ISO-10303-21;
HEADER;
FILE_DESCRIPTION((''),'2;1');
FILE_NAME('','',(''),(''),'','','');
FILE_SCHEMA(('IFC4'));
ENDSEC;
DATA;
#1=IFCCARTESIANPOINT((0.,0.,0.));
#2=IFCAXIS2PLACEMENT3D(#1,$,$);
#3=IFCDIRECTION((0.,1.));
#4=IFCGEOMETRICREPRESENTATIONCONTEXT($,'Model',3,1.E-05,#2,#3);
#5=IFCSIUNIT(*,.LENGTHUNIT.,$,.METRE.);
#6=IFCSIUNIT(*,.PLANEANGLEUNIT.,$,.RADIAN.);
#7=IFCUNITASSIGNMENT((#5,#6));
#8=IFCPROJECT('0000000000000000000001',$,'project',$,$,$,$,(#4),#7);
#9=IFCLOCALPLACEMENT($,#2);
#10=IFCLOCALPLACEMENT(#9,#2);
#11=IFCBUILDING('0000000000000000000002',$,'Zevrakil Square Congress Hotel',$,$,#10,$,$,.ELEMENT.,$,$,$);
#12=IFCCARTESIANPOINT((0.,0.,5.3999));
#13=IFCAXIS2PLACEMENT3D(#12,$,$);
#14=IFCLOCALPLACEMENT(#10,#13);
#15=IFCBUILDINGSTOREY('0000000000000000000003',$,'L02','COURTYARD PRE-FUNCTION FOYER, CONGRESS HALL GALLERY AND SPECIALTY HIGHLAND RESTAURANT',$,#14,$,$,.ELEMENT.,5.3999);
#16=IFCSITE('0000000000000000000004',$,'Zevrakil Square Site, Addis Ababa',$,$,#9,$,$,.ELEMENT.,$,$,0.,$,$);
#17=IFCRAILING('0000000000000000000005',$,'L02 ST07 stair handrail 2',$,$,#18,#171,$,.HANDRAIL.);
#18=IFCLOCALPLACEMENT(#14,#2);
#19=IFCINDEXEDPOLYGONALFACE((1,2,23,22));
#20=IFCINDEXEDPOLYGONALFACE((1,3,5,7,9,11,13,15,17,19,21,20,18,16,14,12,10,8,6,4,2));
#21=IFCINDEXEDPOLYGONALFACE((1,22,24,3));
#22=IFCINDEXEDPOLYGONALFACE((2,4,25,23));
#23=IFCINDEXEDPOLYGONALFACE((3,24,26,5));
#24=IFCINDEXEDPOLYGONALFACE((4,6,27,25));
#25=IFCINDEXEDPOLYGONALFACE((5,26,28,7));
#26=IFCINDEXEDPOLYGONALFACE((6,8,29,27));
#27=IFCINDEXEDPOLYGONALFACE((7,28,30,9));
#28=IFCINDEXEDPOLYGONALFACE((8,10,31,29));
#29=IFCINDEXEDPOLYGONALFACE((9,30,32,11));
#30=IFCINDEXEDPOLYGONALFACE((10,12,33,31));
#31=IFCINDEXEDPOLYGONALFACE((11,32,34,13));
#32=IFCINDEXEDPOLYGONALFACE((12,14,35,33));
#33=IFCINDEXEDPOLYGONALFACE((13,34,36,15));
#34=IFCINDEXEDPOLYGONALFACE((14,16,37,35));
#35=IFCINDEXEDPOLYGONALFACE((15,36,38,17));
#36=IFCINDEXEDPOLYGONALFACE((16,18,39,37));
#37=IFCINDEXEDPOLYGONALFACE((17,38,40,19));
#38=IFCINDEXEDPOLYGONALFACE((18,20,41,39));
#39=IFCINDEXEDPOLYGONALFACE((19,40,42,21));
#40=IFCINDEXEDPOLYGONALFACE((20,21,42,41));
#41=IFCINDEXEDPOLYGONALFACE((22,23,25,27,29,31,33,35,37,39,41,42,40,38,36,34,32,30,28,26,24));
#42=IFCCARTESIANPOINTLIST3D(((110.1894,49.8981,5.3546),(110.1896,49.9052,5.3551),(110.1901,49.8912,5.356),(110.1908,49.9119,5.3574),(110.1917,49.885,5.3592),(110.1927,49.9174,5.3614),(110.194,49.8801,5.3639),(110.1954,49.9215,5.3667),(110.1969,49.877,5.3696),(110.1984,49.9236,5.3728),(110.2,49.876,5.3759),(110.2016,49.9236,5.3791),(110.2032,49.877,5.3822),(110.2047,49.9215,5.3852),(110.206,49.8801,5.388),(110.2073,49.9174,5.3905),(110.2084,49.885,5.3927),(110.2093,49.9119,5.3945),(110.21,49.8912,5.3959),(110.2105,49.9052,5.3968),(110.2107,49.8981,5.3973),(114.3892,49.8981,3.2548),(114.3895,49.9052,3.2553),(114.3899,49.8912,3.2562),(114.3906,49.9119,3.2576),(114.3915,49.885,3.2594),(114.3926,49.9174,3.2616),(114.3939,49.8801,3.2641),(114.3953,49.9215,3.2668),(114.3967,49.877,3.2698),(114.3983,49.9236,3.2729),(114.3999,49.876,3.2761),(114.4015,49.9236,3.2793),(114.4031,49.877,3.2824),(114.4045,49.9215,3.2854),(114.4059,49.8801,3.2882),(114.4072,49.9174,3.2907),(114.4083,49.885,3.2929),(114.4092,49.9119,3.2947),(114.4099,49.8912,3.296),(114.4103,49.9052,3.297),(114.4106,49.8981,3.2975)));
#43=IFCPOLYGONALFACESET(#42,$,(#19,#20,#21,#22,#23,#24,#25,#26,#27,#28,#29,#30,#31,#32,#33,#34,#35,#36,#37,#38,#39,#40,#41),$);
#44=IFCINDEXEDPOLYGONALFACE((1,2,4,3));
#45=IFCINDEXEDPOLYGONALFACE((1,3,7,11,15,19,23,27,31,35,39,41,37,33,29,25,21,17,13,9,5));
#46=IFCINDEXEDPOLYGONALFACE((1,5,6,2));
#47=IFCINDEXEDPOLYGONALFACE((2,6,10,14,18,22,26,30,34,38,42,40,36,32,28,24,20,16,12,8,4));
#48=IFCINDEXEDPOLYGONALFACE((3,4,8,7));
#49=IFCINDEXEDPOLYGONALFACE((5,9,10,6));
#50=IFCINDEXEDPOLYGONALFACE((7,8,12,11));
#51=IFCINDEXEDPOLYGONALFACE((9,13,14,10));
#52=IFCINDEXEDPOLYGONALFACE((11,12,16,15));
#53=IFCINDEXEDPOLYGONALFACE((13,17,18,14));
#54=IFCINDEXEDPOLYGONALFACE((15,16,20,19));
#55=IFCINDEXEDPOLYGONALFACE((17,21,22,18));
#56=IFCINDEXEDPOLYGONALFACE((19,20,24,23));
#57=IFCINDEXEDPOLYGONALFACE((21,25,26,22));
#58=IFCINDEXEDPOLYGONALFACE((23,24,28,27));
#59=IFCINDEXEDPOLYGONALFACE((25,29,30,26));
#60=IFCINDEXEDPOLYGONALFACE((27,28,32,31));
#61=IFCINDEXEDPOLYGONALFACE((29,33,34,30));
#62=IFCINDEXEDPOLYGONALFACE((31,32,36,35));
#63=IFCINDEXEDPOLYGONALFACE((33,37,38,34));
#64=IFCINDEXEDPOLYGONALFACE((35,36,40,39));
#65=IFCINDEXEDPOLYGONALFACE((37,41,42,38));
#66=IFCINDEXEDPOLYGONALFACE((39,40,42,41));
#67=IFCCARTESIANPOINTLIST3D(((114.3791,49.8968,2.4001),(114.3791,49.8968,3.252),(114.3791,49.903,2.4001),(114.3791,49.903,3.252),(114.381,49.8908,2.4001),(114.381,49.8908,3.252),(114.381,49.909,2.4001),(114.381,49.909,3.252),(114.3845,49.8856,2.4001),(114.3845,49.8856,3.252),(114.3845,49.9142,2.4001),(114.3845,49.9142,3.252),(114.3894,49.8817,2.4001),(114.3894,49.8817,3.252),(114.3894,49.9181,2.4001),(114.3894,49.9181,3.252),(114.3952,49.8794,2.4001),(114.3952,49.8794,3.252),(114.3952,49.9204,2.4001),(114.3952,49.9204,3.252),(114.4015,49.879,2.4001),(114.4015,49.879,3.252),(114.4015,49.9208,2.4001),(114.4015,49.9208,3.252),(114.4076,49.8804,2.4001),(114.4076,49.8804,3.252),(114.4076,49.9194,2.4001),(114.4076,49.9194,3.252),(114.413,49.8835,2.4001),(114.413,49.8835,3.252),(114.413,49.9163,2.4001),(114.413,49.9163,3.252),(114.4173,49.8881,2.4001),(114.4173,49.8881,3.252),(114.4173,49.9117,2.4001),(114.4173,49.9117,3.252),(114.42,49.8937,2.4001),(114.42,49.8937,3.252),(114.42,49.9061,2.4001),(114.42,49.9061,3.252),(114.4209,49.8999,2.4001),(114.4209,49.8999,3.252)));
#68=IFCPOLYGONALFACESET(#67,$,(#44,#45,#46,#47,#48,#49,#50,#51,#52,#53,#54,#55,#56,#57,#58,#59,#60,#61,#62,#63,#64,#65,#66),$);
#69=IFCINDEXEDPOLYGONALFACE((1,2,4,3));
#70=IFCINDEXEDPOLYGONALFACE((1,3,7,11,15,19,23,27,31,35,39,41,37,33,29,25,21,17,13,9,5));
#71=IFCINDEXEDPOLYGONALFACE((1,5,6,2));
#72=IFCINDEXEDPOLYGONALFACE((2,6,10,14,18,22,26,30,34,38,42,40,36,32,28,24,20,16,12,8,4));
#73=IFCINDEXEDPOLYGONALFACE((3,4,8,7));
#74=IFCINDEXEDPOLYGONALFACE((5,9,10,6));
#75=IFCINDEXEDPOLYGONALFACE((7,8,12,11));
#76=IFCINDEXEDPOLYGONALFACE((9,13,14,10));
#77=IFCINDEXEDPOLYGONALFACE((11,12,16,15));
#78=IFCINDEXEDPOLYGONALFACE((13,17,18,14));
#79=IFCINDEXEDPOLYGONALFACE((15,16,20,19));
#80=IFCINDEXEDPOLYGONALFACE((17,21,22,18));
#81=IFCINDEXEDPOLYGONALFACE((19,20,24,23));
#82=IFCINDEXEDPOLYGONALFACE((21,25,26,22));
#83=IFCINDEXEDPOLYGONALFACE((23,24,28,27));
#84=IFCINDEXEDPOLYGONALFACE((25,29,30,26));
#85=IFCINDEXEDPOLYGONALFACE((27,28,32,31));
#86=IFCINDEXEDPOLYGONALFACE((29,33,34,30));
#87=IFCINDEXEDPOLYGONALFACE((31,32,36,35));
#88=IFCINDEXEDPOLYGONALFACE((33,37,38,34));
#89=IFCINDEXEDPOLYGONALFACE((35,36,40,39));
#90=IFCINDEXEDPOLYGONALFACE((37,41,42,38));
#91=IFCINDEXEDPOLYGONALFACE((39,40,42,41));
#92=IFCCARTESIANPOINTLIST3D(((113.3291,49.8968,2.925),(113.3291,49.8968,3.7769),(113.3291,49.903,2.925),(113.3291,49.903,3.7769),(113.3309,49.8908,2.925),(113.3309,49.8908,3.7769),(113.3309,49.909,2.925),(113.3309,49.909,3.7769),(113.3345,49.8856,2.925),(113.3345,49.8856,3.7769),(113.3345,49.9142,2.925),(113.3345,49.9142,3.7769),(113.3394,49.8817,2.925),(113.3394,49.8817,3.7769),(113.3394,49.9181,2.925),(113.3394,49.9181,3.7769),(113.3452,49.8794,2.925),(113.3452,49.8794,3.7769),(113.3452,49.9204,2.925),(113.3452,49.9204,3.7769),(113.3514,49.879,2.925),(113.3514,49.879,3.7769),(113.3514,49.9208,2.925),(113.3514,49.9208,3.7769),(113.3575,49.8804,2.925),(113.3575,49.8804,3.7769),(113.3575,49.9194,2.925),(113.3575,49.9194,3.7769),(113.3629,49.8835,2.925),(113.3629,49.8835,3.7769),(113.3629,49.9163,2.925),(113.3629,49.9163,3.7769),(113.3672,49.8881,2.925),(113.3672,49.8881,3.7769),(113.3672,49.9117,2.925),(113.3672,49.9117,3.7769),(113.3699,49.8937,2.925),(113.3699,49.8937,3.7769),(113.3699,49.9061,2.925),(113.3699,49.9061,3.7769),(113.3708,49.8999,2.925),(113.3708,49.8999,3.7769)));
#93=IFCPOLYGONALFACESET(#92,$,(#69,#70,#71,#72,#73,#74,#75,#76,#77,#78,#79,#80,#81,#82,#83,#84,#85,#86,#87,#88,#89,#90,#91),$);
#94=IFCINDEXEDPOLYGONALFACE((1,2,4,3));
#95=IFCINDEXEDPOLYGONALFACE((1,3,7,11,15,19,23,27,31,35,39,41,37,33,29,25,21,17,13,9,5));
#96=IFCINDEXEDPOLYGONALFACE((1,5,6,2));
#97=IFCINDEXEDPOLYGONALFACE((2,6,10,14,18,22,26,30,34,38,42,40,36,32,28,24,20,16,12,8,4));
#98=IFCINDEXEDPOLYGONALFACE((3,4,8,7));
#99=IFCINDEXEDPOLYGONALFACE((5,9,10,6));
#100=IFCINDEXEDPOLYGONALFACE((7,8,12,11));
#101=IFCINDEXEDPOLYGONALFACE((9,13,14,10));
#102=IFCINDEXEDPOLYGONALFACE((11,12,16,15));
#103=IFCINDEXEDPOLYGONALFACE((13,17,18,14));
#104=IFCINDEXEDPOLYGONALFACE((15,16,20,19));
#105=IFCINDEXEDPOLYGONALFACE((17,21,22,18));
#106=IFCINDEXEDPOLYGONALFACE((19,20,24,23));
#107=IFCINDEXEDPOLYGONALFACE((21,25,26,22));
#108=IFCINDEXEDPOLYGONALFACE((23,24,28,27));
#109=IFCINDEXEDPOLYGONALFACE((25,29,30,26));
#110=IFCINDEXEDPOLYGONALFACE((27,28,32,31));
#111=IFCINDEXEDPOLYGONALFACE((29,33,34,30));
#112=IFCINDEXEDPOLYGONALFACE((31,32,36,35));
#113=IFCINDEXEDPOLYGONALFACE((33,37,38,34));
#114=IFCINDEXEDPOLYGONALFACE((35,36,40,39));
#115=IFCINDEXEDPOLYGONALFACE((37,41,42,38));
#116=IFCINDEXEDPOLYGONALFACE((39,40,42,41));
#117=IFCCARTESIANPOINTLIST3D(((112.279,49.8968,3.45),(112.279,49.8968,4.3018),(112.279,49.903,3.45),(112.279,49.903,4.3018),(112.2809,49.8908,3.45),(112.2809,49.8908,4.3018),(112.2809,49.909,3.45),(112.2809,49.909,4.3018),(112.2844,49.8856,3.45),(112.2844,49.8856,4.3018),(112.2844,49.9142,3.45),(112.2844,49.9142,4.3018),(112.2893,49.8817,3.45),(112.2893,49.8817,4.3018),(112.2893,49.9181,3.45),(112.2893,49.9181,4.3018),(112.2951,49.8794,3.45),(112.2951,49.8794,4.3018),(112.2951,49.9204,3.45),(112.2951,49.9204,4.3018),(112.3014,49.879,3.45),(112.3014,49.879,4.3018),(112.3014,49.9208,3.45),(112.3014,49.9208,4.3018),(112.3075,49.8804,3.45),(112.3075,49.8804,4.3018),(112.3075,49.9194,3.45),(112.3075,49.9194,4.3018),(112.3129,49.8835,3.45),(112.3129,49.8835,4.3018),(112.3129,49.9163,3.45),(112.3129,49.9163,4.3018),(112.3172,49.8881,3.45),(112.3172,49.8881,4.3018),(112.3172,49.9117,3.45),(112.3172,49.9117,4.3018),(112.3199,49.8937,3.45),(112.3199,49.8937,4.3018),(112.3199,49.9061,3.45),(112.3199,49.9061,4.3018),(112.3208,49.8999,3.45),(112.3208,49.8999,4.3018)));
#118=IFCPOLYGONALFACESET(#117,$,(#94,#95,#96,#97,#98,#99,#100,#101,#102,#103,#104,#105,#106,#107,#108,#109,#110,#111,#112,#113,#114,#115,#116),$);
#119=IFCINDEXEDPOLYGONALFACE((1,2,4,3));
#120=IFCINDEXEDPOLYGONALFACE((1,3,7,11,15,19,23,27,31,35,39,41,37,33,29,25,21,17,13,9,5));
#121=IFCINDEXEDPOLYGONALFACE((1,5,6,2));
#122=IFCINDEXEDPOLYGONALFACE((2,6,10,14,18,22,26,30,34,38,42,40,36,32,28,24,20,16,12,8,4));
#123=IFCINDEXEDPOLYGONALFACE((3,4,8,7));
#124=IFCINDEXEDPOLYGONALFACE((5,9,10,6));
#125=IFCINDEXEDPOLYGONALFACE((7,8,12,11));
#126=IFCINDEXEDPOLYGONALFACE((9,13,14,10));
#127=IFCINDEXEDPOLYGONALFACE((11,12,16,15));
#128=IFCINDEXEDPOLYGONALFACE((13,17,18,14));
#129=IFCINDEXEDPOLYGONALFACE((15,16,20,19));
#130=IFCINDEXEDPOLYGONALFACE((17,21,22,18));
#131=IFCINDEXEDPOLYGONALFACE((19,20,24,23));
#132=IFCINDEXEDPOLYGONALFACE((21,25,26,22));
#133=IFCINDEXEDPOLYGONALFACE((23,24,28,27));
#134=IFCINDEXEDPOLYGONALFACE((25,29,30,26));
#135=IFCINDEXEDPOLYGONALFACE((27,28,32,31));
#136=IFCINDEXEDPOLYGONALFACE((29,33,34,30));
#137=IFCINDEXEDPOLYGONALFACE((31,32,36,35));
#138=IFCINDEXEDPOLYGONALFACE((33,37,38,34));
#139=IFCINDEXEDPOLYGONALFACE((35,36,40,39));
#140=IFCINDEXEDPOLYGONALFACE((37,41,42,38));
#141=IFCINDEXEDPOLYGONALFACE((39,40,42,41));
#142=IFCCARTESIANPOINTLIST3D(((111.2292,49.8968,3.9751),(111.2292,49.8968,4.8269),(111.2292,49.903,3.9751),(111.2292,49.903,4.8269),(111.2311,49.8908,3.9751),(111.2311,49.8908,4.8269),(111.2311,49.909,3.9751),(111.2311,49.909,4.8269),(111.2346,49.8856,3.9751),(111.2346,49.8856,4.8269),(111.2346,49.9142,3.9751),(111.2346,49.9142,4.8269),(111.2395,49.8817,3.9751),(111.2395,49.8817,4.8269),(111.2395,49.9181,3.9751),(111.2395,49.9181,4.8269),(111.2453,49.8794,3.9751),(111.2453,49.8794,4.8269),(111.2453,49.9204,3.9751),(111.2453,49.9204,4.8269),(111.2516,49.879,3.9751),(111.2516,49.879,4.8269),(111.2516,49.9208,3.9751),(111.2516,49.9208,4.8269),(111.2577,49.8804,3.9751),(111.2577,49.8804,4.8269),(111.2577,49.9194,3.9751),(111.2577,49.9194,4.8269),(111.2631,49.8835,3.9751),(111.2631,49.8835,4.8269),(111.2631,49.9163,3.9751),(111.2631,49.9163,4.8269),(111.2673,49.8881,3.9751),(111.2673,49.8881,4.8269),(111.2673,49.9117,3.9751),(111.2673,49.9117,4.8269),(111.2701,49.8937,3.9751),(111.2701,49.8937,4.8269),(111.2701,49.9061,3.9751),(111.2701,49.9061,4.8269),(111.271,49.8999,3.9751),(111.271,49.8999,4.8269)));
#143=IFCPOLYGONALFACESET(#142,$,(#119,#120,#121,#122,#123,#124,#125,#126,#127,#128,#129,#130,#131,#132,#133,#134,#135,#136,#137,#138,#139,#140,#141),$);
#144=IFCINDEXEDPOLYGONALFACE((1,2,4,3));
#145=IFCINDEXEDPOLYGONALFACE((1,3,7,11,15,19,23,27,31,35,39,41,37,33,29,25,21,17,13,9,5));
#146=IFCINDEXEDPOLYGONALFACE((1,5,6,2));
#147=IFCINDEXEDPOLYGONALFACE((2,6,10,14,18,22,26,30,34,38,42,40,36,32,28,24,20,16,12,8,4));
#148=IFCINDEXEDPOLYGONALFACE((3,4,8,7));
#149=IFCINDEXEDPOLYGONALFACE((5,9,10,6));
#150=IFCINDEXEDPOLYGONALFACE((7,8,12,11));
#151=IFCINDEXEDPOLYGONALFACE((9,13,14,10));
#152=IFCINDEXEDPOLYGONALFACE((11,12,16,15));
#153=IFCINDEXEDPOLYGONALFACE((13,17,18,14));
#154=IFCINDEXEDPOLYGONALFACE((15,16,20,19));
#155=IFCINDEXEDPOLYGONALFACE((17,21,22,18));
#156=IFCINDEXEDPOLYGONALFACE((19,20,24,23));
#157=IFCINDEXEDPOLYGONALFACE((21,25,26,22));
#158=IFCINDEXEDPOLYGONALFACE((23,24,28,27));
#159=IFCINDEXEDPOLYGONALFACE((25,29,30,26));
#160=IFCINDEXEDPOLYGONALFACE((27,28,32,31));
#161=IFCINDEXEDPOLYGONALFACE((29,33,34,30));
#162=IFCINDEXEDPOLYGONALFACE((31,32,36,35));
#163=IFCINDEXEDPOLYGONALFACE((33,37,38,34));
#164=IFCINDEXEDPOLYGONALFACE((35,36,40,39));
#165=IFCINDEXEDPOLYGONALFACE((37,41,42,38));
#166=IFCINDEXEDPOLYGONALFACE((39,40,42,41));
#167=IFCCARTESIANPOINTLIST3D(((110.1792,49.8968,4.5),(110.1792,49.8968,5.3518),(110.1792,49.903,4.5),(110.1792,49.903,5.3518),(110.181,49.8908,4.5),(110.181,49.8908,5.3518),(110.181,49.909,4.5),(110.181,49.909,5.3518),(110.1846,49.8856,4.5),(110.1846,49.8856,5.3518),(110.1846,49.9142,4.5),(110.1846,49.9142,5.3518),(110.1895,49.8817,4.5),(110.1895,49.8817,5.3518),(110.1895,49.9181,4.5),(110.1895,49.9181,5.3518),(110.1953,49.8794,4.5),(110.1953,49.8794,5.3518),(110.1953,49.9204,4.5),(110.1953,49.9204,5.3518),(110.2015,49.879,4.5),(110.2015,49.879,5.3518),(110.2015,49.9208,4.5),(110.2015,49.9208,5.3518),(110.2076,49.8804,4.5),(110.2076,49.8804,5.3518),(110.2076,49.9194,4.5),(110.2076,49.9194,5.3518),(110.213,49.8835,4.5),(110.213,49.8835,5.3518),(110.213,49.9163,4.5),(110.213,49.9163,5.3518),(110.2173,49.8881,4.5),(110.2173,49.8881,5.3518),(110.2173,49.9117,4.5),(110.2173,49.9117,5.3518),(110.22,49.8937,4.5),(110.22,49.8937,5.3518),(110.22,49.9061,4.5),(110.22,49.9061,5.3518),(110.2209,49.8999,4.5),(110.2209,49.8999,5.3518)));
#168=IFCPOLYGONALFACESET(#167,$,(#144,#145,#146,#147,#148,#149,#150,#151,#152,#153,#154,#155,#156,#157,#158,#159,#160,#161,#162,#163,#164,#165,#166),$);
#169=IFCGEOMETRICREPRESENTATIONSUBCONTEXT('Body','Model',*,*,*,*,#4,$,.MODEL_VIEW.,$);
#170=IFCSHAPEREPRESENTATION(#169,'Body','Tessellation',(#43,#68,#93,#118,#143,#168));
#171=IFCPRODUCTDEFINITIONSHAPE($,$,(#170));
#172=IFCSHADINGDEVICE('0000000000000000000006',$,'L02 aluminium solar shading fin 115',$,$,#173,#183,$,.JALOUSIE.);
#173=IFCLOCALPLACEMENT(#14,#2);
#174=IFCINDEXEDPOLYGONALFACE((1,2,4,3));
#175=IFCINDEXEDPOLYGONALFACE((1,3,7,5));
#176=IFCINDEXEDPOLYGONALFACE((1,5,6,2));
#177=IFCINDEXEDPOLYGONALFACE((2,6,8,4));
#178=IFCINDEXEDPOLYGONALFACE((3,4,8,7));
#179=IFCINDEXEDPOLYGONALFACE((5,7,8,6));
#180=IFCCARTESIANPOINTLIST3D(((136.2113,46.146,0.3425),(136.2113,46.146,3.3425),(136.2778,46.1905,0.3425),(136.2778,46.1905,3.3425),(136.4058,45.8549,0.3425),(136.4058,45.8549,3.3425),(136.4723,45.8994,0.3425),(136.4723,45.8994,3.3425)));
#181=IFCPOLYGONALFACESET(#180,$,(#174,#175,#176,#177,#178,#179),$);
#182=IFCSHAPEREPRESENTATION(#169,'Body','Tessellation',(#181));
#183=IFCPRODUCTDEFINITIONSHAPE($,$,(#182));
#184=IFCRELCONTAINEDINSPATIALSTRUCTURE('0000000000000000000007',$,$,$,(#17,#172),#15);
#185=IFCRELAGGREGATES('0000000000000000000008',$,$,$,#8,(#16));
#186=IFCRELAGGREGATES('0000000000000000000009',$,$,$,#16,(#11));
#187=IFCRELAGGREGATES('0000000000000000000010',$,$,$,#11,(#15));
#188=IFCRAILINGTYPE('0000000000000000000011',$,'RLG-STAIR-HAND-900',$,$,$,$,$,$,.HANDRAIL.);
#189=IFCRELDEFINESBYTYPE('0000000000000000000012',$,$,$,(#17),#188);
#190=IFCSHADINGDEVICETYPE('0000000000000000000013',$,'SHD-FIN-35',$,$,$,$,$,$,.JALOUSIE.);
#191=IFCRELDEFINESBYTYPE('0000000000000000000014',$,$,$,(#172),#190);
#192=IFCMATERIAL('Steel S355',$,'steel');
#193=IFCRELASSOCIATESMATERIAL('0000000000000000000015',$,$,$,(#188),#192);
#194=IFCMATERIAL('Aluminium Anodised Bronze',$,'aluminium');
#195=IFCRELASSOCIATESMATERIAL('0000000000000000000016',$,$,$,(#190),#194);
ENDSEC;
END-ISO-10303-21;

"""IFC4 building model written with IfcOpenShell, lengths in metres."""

from ifc_helpers import new_model, si_unit, direction, frame, origin, origin_2d, place, context, subcontext, project, spatial, rectangle, circle, extrude, material, type_object, element, save


model = new_model("IFC4")

# Units and contexts
model_context = context("Model", 3, precision=1e-05, world=origin(), true_north=direction((0.0, 1.0)))
body_context = subcontext(model_context, "Body", "Model", "MODEL_VIEW")
ifc_project = project(units=[si_unit("LENGTHUNIT", "METRE"), si_unit("PLANEANGLEUNIT", "RADIAN")], contexts=[model_context])

# Site, building, storey
site_placement = place(None, origin())
site = spatial("IfcSite", under=ifc_project, at=site_placement, Name="Zevrakil Square Site, Addis Ababa", CompositionType="ELEMENT", RefElevation=0.0)
building_placement = place(site_placement, origin())
building = spatial("IfcBuilding", under=site, at=building_placement, Name="Zevrakil Square Congress Hotel", CompositionType="ELEMENT")
storey_placement = place(building_placement, frame((0.0, 0.0, 5.3999)))
storey = spatial("IfcBuildingStorey", under=building, at=storey_placement, Name="L02", Description="COURTYARD PRE-FUNCTION FOYER, CONGRESS HALL GALLERY AND SPECIALTY HIGHLAND RESTAURANT", CompositionType="ELEMENT", Elevation=5.3999)

# Railing
ifc_material_1 = material(Name="Steel S355", Category="steel")
railing_type_1 = type_object("IfcRailingType", Name="RLG-STAIR-HAND-900", PredefinedType="HANDRAIL", material=ifc_material_1)
railing_1_placement = place(storey_placement, frame((114.3999, 49.8999, 2.4001)))
element("IfcRailing", 1, at=railing_1_placement, inside=storey, type_object=railing_type_1, Name="L02 ST07 stair handrail 2", PredefinedType="HANDRAIL", context=body_context, shape_type="SweptSolid", body=[
    extrude(circle(Radius=0.0239, at=origin_2d()), frame((0.0, 0.0, 0.876), z_axis=(-0.894438, 0.0, 0.447193), x_axis=(0.0, -1.0, 0.0)), (0.0, 0.0, 1.0), 4.6956),
    extrude(circle(Radius=0.021, at=origin_2d()), origin(), (0.0, 0.0, 1.0), 0.8518),
    extrude(circle(Radius=0.021, at=origin_2d()), frame((-1.05, 0.0, 0.5249)), (0.0, 0.0, 1.0), 0.8518),
    extrude(circle(Radius=0.021, at=origin_2d()), frame((-2.1001, 0.0, 1.0498)), (0.0, 0.0, 1.0), 0.8518),
    extrude(circle(Radius=0.021, at=origin_2d()), frame((-3.1499, 0.0, 1.575)), (0.0, 0.0, 1.0), 0.8518),
    extrude(circle(Radius=0.021, at=origin_2d()), frame((-4.2, 0.0, 2.0999)), (0.0, 0.0, 1.0), 0.8518),
])

# Shading device
ifc_material_2 = material(Name="Aluminium Anodised Bronze", Category="aluminium")
shading_device_type = type_object("IfcShadingDeviceType", Name="SHD-FIN-35", PredefinedType="JALOUSIE", material=ifc_material_2)
shading_device_placement = place(storey_placement, frame((136.3418, 46.0227, 0.3425), z_axis=(0.0, 0.0, 1.0), x_axis=(-0.555585, 0.83146, 0.0)))
element("IfcShadingDevice", 2, at=shading_device_placement, inside=storey, type_object=shading_device_type, Name="L02 aluminium solar shading fin 115", PredefinedType="JALOUSIE", context=body_context, shape_type="SweptSolid", body=[
    extrude(rectangle(XDim=0.3501, YDim=0.0801, at=origin_2d()), origin(), (0.0, 0.0, 1.0), 3.0),
])

save(model, "model.ifc")
